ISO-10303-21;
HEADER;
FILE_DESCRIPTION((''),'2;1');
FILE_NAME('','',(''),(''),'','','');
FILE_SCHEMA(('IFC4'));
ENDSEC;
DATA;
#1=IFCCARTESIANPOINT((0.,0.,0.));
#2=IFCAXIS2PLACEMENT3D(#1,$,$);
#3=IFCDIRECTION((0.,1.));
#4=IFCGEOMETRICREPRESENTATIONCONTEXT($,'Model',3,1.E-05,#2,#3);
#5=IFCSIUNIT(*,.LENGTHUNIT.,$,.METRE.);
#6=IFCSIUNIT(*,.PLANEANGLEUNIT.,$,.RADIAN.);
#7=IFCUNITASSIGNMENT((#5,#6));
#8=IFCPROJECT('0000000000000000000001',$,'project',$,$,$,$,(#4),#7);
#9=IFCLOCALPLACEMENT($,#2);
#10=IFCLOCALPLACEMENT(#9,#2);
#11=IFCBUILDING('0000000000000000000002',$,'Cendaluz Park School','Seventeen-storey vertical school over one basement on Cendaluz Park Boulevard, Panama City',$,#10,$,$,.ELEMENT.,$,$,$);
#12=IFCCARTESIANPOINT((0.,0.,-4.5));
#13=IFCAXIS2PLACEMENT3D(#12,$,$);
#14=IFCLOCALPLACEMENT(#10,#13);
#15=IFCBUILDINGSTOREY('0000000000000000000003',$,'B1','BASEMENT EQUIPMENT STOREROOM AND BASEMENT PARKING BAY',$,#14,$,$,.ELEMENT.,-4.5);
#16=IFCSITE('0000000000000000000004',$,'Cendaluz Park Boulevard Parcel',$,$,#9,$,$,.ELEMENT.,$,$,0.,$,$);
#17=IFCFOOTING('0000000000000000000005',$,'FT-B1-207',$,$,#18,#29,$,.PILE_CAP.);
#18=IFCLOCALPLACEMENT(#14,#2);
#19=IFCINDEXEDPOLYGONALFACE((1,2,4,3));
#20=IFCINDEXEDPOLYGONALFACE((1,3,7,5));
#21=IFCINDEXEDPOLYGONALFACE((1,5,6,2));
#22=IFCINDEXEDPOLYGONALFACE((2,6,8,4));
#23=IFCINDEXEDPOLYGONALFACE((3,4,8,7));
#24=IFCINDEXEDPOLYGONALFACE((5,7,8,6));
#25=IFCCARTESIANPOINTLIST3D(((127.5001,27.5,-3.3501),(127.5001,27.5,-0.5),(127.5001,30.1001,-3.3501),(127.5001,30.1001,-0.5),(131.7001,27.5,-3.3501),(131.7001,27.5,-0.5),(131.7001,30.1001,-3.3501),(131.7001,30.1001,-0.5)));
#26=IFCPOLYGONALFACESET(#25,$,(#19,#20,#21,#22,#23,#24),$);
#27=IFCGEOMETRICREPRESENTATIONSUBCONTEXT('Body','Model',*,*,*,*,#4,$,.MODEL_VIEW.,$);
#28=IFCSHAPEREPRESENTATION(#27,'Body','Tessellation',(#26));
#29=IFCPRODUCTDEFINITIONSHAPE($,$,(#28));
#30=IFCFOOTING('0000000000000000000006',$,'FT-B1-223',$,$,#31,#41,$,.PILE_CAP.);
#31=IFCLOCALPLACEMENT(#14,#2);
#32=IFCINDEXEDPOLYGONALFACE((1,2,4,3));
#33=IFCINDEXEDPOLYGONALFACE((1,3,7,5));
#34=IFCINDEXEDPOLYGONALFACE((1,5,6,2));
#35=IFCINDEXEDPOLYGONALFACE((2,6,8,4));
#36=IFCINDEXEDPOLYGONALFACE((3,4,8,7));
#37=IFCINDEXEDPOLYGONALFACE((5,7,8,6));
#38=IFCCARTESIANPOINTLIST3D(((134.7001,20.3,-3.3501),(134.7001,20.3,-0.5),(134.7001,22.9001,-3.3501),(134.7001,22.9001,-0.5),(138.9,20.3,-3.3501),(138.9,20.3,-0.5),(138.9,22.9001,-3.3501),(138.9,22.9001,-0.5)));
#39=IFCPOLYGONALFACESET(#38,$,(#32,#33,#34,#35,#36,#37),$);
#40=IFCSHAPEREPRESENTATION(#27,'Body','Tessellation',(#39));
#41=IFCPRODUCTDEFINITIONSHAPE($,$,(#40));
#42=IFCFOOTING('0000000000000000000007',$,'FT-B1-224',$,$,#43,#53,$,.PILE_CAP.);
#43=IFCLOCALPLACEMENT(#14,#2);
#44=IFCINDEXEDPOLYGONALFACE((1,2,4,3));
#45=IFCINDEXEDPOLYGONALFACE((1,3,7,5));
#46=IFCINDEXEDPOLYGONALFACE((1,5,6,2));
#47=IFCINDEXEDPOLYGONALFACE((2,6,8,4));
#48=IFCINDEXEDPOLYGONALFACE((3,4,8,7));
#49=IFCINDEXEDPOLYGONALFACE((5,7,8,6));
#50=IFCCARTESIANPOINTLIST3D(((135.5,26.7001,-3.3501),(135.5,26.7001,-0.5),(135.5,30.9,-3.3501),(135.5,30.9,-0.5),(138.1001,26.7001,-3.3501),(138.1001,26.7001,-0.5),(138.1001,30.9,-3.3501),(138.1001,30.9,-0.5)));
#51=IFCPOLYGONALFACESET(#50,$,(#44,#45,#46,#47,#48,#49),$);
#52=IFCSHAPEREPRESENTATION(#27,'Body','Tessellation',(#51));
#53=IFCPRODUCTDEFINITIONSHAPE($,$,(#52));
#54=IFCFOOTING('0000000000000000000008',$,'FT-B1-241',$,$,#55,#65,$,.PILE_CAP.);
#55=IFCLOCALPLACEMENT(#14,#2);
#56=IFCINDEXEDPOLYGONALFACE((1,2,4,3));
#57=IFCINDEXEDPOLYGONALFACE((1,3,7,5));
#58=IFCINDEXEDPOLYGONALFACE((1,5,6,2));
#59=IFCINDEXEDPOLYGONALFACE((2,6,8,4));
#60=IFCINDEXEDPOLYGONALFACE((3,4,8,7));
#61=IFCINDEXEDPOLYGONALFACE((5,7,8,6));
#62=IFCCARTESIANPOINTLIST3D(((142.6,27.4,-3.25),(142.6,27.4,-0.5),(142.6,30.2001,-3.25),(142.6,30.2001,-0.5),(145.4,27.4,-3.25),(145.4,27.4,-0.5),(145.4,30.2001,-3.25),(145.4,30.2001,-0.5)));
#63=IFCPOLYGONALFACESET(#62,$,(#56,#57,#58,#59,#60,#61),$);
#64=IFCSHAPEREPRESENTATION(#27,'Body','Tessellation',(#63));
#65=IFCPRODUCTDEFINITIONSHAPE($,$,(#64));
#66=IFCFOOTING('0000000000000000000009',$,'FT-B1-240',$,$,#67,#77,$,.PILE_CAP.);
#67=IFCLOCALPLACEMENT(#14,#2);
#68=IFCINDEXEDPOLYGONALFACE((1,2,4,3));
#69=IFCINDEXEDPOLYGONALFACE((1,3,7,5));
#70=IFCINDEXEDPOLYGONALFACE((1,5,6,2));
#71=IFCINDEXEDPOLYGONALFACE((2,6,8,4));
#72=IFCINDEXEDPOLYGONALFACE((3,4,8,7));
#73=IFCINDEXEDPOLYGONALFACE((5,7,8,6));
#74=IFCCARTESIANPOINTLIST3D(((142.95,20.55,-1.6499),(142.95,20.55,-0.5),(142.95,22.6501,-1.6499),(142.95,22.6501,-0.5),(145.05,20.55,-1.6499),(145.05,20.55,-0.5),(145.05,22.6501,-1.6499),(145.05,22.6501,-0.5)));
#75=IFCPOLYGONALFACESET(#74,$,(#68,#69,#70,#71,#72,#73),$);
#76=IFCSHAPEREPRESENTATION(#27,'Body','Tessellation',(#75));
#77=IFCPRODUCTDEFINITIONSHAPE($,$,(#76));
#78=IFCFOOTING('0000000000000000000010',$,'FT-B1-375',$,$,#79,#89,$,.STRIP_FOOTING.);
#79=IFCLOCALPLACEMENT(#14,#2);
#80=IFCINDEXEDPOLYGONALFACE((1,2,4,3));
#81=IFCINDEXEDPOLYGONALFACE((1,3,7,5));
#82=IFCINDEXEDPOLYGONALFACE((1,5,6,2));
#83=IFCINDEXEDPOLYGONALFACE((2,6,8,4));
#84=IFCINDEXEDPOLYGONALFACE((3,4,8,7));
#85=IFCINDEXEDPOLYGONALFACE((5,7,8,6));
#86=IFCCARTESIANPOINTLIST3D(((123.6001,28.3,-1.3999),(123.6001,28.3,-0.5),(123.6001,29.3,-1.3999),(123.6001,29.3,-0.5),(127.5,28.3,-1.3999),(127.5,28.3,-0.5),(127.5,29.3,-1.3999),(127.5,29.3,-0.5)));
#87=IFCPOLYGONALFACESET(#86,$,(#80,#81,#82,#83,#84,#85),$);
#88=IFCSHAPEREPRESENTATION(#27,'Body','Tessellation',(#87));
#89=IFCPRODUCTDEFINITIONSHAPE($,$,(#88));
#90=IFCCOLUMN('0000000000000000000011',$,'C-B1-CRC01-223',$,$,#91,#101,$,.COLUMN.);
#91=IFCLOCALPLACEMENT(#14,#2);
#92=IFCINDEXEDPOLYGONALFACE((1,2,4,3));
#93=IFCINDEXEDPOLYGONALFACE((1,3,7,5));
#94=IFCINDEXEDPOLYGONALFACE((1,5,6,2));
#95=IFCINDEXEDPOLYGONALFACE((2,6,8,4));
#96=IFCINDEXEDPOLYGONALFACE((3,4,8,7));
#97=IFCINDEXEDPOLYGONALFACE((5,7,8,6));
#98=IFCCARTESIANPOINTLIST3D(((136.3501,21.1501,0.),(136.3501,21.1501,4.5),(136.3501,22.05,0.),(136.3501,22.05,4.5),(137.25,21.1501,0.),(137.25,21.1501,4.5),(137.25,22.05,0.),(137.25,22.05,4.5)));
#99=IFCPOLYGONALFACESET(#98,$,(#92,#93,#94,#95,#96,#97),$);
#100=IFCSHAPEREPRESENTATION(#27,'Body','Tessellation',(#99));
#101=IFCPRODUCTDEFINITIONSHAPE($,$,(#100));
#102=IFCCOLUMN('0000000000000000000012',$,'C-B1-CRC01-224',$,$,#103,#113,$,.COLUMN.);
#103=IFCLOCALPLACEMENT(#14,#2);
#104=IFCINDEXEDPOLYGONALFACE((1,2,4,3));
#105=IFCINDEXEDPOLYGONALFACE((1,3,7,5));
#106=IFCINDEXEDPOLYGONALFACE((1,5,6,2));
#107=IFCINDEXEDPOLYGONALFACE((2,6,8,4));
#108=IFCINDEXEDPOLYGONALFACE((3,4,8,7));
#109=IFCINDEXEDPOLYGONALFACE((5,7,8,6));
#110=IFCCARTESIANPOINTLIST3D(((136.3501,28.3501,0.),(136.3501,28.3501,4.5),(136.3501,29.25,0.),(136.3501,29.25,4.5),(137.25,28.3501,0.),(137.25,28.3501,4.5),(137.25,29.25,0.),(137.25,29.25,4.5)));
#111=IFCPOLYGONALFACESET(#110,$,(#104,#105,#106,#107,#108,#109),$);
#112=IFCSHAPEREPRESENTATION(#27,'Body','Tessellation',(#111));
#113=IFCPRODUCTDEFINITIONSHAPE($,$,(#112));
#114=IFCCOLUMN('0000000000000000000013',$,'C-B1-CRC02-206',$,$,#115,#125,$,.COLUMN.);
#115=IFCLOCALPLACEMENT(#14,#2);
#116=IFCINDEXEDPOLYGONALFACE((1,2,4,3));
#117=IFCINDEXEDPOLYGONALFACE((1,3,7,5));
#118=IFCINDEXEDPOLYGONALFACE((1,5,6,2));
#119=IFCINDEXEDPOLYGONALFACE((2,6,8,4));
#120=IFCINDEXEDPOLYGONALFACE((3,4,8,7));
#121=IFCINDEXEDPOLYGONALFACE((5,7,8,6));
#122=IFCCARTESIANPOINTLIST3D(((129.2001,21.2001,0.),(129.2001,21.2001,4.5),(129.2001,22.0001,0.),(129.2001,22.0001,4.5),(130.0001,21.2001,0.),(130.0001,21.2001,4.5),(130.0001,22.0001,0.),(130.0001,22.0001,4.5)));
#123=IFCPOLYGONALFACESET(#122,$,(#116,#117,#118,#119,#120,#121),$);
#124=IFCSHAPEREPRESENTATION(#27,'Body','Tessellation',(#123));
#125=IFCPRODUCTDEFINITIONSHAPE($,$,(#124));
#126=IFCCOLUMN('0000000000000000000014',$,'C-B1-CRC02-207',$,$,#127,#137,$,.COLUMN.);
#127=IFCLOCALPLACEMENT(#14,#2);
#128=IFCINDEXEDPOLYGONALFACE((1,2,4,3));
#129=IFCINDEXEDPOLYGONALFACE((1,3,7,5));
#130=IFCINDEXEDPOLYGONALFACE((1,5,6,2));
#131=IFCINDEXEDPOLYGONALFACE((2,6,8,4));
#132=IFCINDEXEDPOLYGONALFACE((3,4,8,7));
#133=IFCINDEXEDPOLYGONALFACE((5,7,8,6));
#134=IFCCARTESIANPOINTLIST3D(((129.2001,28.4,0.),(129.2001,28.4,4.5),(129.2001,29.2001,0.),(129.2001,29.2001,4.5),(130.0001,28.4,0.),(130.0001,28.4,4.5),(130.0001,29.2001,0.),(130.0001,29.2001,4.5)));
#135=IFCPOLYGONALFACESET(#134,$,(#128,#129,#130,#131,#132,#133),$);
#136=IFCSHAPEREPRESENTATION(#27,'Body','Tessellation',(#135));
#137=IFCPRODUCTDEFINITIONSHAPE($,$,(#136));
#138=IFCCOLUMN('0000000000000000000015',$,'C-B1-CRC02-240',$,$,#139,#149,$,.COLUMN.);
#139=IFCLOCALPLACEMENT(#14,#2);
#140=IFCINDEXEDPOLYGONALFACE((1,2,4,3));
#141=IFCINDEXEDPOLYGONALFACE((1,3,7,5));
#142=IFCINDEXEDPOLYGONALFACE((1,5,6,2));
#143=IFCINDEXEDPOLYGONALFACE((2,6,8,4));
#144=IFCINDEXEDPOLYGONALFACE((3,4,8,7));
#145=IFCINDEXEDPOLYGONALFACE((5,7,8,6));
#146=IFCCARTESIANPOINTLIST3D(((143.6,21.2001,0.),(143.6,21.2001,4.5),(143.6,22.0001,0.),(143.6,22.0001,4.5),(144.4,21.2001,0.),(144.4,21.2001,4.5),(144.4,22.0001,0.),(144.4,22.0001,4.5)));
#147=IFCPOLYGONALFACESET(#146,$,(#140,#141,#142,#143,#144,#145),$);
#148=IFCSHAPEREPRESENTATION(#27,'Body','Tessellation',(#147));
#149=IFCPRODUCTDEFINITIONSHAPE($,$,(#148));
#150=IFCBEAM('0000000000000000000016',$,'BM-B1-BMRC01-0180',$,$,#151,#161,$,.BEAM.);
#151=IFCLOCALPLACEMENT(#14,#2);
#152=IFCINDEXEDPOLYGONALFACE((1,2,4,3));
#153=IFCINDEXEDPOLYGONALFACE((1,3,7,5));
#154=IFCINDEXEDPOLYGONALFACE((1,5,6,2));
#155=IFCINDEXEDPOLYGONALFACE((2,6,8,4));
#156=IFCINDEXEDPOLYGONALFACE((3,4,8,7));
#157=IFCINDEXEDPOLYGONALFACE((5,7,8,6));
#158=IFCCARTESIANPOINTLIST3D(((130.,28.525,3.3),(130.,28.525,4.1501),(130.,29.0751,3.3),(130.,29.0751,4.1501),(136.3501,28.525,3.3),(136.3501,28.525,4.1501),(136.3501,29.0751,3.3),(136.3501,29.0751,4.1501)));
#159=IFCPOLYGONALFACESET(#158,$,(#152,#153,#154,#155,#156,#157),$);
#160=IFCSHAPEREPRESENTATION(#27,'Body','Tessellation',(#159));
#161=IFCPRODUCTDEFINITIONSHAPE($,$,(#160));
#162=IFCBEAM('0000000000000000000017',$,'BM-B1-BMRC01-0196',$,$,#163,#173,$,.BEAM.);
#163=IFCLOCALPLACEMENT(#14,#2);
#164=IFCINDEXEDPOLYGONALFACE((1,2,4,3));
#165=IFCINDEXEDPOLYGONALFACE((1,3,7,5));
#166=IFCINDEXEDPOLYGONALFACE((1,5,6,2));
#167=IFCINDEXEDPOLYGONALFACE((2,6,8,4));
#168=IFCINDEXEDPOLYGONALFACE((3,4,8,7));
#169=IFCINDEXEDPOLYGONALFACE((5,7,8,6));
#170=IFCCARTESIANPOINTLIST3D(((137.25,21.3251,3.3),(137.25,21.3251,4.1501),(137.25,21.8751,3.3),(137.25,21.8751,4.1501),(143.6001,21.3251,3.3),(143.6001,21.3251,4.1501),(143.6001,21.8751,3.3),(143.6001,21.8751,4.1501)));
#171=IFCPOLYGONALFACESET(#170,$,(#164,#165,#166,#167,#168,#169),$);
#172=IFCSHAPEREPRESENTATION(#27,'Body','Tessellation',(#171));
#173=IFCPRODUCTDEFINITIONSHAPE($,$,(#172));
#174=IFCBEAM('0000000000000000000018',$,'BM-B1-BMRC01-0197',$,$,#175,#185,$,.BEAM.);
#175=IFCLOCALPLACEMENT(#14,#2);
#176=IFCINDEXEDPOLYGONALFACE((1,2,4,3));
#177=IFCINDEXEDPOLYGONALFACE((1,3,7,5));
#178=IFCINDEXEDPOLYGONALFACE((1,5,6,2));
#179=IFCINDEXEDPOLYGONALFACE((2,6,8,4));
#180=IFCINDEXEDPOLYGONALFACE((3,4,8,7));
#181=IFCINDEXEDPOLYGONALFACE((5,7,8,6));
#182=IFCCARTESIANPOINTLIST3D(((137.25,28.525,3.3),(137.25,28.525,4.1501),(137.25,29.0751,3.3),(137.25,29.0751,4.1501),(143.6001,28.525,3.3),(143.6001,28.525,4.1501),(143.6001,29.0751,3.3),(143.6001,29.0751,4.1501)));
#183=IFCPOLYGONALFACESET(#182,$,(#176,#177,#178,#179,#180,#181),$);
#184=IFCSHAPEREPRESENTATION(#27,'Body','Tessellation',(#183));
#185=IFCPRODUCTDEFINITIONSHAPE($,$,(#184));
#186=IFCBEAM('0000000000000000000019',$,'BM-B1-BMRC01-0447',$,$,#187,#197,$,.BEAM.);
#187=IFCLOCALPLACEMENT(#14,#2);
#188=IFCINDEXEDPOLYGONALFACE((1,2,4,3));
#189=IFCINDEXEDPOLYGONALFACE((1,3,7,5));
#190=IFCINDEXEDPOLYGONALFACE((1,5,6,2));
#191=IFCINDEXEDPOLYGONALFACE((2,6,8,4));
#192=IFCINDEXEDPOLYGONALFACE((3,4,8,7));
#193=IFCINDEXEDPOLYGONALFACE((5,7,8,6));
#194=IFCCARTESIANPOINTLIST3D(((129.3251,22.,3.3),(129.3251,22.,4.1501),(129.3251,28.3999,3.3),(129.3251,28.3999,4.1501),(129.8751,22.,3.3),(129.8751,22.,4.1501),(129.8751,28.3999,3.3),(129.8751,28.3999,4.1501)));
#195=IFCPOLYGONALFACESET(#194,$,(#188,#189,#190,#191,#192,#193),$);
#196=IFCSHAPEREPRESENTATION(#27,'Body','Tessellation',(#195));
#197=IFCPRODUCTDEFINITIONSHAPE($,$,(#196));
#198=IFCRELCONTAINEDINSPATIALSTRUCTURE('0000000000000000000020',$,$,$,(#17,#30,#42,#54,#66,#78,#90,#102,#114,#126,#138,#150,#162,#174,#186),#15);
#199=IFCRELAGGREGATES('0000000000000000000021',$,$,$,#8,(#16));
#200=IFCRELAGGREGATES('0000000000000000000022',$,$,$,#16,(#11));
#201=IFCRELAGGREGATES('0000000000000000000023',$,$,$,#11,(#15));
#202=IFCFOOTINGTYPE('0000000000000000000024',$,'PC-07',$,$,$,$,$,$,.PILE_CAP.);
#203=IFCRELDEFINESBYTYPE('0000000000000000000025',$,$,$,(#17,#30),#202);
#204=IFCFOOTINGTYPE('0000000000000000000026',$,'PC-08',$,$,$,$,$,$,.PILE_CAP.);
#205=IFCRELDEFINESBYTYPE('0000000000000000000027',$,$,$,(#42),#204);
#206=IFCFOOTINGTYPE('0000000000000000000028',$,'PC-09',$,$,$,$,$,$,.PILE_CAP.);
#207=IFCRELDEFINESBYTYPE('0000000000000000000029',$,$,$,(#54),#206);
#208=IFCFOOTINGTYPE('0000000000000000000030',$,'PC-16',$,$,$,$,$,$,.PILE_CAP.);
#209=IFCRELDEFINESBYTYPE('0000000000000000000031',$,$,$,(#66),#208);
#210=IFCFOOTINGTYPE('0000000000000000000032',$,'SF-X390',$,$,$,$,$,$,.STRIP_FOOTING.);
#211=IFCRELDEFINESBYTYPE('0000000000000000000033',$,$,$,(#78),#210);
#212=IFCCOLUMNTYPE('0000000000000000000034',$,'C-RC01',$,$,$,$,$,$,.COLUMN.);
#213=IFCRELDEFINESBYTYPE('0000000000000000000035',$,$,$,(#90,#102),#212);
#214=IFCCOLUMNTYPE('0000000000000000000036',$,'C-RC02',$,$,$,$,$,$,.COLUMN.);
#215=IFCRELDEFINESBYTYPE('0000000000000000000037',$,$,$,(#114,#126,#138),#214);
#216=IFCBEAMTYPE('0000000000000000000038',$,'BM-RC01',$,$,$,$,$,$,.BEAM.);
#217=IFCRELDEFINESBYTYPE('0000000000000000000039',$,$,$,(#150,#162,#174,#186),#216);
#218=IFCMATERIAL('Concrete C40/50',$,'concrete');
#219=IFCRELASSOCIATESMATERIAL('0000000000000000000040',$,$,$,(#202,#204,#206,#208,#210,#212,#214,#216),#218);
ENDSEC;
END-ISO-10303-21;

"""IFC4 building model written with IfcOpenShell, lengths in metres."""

from ifc_helpers import new_model, si_unit, direction, frame, origin, origin_2d, place, context, subcontext, project, spatial, rectangle, extrude, material, material_profile, profile_set, type_object, element, save


model = new_model("IFC4")

# Units and contexts
model_context = context("Model", 3, precision=1e-05, world=origin(), true_north=direction((0.0, 1.0)))
body_context = subcontext(model_context, "Body", "Model", "MODEL_VIEW")
ifc_project = project(units=[si_unit("LENGTHUNIT", "METRE"), si_unit("PLANEANGLEUNIT", "RADIAN")], contexts=[model_context])

# Site, building, storey
site_placement = place(None, origin())
site = spatial("IfcSite", under=ifc_project, at=site_placement, Name="Cendaluz Park Boulevard Parcel", CompositionType="ELEMENT", RefElevation=0.0)
building_placement = place(site_placement, origin())
building = spatial("IfcBuilding", under=site, at=building_placement, Name="Cendaluz Park School", Description="Seventeen-storey vertical school over one basement on Cendaluz Park Boulevard, Panama City", CompositionType="ELEMENT")
storey_placement = place(building_placement, frame((0.0, 0.0, -4.5)))
storey = spatial("IfcBuildingStorey", under=building, at=storey_placement, Name="B1", Description="BASEMENT EQUIPMENT STOREROOM AND BASEMENT PARKING BAY", CompositionType="ELEMENT", Elevation=-4.5)

# Shared definitions
ifc_material_1 = material(Name="Concrete C40/50", Category="concrete")

# Footings
footing_type_1 = type_object("IfcFootingType", Name="PC-07", PredefinedType="PILE_CAP", material=ifc_material_1)
for number, where, z_axis, x_axis, name in (
    (1, (129.6001, 28.8, -3.3501), (0.0, 0.0, 1.0), (1.0, 0.0, 0.0), "FT-B1-207"),
    (2, (136.8, 21.6001, -3.3501), (0.0, 0.0, 1.0), (1.0, 0.0, 0.0), "FT-B1-223"),
):
    element("IfcFooting", number, at=place(storey_placement, frame(where, z_axis=z_axis, x_axis=x_axis)), inside=storey, type_object=footing_type_1, Name=name, PredefinedType="PILE_CAP", context=body_context, shape_type="SweptSolid", body=[
        extrude(rectangle(XDim=4.2, YDim=2.6001, at=origin_2d()), origin(), (0.0, 0.0, 1.0), 2.8501),
    ])
footing_type_2 = type_object("IfcFootingType", Name="PC-08", PredefinedType="PILE_CAP", material=ifc_material_1)
footing_1_placement = place(storey_placement, frame((136.8, 28.8, -3.3501), z_axis=(0.0, 0.0, 1.0), x_axis=(1.0, 0.0, 0.0)))
element("IfcFooting", 3, at=footing_1_placement, inside=storey, type_object=footing_type_2, Name="FT-B1-224", PredefinedType="PILE_CAP", context=body_context, shape_type="SweptSolid", body=[
    extrude(rectangle(XDim=2.6001, YDim=4.2, at=origin_2d()), origin(), (0.0, 0.0, 1.0), 2.8501),
])
footing_type_3 = type_object("IfcFootingType", Name="PC-09", PredefinedType="PILE_CAP", material=ifc_material_1)
footing_2_placement = place(storey_placement, frame((144.0, 28.8, -3.25), z_axis=(0.0, 0.0, 1.0), x_axis=(1.0, 0.0, 0.0)))
element("IfcFooting", 4, at=footing_2_placement, inside=storey, type_object=footing_type_3, Name="FT-B1-241", PredefinedType="PILE_CAP", context=body_context, shape_type="SweptSolid", body=[
    extrude(rectangle(XDim=2.8, YDim=2.8, at=origin_2d()), origin(), (0.0, 0.0, 1.0), 2.75),
])
footing_type_4 = type_object("IfcFootingType", Name="PC-16", PredefinedType="PILE_CAP", material=ifc_material_1)
footing_3_placement = place(storey_placement, frame((144.0, 21.6001, -1.6499), z_axis=(0.0, 0.0, 1.0), x_axis=(1.0, 0.0, 0.0)))
element("IfcFooting", 5, at=footing_3_placement, inside=storey, type_object=footing_type_4, Name="FT-B1-240", PredefinedType="PILE_CAP", context=body_context, shape_type="SweptSolid", body=[
    extrude(rectangle(XDim=2.1001, YDim=2.1001, at=origin_2d()), origin(), (0.0, 0.0, 1.0), 1.1499),
])
footing_type_5 = type_object("IfcFootingType", Name="SF-X390", PredefinedType="STRIP_FOOTING", material=ifc_material_1)
footing_4_placement = place(storey_placement, frame((125.55, 28.8, -1.3999), z_axis=(0.0, 0.0, 1.0), x_axis=(1.0, 0.0, 0.0)))
element("IfcFooting", 6, at=footing_4_placement, inside=storey, type_object=footing_type_5, Name="FT-B1-375", PredefinedType="STRIP_FOOTING", context=body_context, shape_type="SweptSolid", body=[
    extrude(rectangle(XDim=3.8999, YDim=1.0, at=origin_2d()), origin(), (0.0, 0.0, 1.0), 0.8999),
])

# Columns
ifc_material_profile_1 = material_profile(ifc_material_1, rectangle(XDim=0.8999, YDim=0.8999, at=origin_2d()), Name="RC 900x900", Category="concrete")
ifc_profile_set_1 = profile_set([ifc_material_profile_1], Name="Concrete C40/50")
column_type_1 = type_object("IfcColumnType", Name="C-RC01", PredefinedType="COLUMN", material=ifc_profile_set_1)
for number, where, z_axis, x_axis, name in (
    (7, (136.8, 21.6001, 0.0), (0.0, 0.0, 1.0), (1.0, 0.0, 0.0), "C-B1-CRC01-223"),
    (8, (136.8, 28.8, 0.0), (0.0, 0.0, 1.0), (1.0, 0.0, 0.0), "C-B1-CRC01-224"),
):
    element("IfcColumn", number, at=place(storey_placement, frame(where, z_axis=z_axis, x_axis=x_axis)), inside=storey, type_object=column_type_1, Name=name, PredefinedType="COLUMN", context=body_context, shape_type="SweptSolid", body=[
        extrude(rectangle(XDim=0.8999, YDim=0.8999, at=origin_2d()), origin(), (0.0, 0.0, 1.0), 4.5),
    ])
ifc_material_profile_2 = material_profile(ifc_material_1, rectangle(XDim=0.8, YDim=0.8, at=origin_2d()), Name="RC 800x800", Category="concrete")
ifc_profile_set_2 = profile_set([ifc_material_profile_2], Name="Concrete C40/50")
column_type_2 = type_object("IfcColumnType", Name="C-RC02", PredefinedType="COLUMN", material=ifc_profile_set_2)
for number, where, z_axis, x_axis, name in (
    (9, (129.6001, 21.6001, 0.0), (0.0, 0.0, 1.0), (1.0, 0.0, 0.0), "C-B1-CRC02-206"),
    (10, (129.6001, 28.8, 0.0), (0.0, 0.0, 1.0), (1.0, 0.0, 0.0), "C-B1-CRC02-207"),
    (11, (144.0, 21.6001, 0.0), (0.0, 0.0, 1.0), (1.0, 0.0, 0.0), "C-B1-CRC02-240"),
):
    element("IfcColumn", number, at=place(storey_placement, frame(where, z_axis=z_axis, x_axis=x_axis)), inside=storey, type_object=column_type_2, Name=name, PredefinedType="COLUMN", context=body_context, shape_type="SweptSolid", body=[
        extrude(rectangle(XDim=0.8, YDim=0.8, at=origin_2d()), origin(), (0.0, 0.0, 1.0), 4.5),
    ])

# Beams
ifc_material_profile_3 = material_profile(ifc_material_1, rectangle(XDim=0.55, YDim=0.8501, at=origin_2d()), Name="RC 550x850", Category="concrete")
ifc_profile_set_3 = profile_set([ifc_material_profile_3], Name="Concrete C40/50")
beam_type_1 = type_object("IfcBeamType", Name="BM-RC01", PredefinedType="BEAM", material=ifc_profile_set_3)
for number, where, z_axis, x_axis, name in (
    (12, (130.0, 28.8, 3.7251), (1.0, 0.0, 0.0), (0.0, 1.0, 0.0), "BM-B1-BMRC01-0180"),
    (13, (137.25, 21.6001, 3.7251), (1.0, 0.0, 0.0), (0.0, 1.0, 0.0), "BM-B1-BMRC01-0196"),
    (14, (137.25, 28.8, 3.7251), (1.0, 0.0, 0.0), (0.0, 1.0, 0.0), "BM-B1-BMRC01-0197"),
):
    element("IfcBeam", number, at=place(storey_placement, frame(where, z_axis=z_axis, x_axis=x_axis)), inside=storey, type_object=beam_type_1, Name=name, PredefinedType="BEAM", context=body_context, shape_type="SweptSolid", body=[
        extrude(rectangle(XDim=0.55, YDim=0.8501, at=origin_2d()), origin(), (0.0, 0.0, 1.0), 6.3501),
    ])
beam_1_placement = place(storey_placement, frame((129.6001, 22.0, 3.7251), z_axis=(0.0, 1.0, 0.0), x_axis=(-1.0, 0.0, 0.0)))
element("IfcBeam", 15, at=beam_1_placement, inside=storey, type_object=beam_type_1, Name="BM-B1-BMRC01-0447", PredefinedType="BEAM", context=body_context, shape_type="SweptSolid", body=[
    extrude(rectangle(XDim=0.55, YDim=0.8501, at=origin_2d()), origin(), (0.0, 0.0, 1.0), 6.3999),
])

save(model, "model.ifc")
